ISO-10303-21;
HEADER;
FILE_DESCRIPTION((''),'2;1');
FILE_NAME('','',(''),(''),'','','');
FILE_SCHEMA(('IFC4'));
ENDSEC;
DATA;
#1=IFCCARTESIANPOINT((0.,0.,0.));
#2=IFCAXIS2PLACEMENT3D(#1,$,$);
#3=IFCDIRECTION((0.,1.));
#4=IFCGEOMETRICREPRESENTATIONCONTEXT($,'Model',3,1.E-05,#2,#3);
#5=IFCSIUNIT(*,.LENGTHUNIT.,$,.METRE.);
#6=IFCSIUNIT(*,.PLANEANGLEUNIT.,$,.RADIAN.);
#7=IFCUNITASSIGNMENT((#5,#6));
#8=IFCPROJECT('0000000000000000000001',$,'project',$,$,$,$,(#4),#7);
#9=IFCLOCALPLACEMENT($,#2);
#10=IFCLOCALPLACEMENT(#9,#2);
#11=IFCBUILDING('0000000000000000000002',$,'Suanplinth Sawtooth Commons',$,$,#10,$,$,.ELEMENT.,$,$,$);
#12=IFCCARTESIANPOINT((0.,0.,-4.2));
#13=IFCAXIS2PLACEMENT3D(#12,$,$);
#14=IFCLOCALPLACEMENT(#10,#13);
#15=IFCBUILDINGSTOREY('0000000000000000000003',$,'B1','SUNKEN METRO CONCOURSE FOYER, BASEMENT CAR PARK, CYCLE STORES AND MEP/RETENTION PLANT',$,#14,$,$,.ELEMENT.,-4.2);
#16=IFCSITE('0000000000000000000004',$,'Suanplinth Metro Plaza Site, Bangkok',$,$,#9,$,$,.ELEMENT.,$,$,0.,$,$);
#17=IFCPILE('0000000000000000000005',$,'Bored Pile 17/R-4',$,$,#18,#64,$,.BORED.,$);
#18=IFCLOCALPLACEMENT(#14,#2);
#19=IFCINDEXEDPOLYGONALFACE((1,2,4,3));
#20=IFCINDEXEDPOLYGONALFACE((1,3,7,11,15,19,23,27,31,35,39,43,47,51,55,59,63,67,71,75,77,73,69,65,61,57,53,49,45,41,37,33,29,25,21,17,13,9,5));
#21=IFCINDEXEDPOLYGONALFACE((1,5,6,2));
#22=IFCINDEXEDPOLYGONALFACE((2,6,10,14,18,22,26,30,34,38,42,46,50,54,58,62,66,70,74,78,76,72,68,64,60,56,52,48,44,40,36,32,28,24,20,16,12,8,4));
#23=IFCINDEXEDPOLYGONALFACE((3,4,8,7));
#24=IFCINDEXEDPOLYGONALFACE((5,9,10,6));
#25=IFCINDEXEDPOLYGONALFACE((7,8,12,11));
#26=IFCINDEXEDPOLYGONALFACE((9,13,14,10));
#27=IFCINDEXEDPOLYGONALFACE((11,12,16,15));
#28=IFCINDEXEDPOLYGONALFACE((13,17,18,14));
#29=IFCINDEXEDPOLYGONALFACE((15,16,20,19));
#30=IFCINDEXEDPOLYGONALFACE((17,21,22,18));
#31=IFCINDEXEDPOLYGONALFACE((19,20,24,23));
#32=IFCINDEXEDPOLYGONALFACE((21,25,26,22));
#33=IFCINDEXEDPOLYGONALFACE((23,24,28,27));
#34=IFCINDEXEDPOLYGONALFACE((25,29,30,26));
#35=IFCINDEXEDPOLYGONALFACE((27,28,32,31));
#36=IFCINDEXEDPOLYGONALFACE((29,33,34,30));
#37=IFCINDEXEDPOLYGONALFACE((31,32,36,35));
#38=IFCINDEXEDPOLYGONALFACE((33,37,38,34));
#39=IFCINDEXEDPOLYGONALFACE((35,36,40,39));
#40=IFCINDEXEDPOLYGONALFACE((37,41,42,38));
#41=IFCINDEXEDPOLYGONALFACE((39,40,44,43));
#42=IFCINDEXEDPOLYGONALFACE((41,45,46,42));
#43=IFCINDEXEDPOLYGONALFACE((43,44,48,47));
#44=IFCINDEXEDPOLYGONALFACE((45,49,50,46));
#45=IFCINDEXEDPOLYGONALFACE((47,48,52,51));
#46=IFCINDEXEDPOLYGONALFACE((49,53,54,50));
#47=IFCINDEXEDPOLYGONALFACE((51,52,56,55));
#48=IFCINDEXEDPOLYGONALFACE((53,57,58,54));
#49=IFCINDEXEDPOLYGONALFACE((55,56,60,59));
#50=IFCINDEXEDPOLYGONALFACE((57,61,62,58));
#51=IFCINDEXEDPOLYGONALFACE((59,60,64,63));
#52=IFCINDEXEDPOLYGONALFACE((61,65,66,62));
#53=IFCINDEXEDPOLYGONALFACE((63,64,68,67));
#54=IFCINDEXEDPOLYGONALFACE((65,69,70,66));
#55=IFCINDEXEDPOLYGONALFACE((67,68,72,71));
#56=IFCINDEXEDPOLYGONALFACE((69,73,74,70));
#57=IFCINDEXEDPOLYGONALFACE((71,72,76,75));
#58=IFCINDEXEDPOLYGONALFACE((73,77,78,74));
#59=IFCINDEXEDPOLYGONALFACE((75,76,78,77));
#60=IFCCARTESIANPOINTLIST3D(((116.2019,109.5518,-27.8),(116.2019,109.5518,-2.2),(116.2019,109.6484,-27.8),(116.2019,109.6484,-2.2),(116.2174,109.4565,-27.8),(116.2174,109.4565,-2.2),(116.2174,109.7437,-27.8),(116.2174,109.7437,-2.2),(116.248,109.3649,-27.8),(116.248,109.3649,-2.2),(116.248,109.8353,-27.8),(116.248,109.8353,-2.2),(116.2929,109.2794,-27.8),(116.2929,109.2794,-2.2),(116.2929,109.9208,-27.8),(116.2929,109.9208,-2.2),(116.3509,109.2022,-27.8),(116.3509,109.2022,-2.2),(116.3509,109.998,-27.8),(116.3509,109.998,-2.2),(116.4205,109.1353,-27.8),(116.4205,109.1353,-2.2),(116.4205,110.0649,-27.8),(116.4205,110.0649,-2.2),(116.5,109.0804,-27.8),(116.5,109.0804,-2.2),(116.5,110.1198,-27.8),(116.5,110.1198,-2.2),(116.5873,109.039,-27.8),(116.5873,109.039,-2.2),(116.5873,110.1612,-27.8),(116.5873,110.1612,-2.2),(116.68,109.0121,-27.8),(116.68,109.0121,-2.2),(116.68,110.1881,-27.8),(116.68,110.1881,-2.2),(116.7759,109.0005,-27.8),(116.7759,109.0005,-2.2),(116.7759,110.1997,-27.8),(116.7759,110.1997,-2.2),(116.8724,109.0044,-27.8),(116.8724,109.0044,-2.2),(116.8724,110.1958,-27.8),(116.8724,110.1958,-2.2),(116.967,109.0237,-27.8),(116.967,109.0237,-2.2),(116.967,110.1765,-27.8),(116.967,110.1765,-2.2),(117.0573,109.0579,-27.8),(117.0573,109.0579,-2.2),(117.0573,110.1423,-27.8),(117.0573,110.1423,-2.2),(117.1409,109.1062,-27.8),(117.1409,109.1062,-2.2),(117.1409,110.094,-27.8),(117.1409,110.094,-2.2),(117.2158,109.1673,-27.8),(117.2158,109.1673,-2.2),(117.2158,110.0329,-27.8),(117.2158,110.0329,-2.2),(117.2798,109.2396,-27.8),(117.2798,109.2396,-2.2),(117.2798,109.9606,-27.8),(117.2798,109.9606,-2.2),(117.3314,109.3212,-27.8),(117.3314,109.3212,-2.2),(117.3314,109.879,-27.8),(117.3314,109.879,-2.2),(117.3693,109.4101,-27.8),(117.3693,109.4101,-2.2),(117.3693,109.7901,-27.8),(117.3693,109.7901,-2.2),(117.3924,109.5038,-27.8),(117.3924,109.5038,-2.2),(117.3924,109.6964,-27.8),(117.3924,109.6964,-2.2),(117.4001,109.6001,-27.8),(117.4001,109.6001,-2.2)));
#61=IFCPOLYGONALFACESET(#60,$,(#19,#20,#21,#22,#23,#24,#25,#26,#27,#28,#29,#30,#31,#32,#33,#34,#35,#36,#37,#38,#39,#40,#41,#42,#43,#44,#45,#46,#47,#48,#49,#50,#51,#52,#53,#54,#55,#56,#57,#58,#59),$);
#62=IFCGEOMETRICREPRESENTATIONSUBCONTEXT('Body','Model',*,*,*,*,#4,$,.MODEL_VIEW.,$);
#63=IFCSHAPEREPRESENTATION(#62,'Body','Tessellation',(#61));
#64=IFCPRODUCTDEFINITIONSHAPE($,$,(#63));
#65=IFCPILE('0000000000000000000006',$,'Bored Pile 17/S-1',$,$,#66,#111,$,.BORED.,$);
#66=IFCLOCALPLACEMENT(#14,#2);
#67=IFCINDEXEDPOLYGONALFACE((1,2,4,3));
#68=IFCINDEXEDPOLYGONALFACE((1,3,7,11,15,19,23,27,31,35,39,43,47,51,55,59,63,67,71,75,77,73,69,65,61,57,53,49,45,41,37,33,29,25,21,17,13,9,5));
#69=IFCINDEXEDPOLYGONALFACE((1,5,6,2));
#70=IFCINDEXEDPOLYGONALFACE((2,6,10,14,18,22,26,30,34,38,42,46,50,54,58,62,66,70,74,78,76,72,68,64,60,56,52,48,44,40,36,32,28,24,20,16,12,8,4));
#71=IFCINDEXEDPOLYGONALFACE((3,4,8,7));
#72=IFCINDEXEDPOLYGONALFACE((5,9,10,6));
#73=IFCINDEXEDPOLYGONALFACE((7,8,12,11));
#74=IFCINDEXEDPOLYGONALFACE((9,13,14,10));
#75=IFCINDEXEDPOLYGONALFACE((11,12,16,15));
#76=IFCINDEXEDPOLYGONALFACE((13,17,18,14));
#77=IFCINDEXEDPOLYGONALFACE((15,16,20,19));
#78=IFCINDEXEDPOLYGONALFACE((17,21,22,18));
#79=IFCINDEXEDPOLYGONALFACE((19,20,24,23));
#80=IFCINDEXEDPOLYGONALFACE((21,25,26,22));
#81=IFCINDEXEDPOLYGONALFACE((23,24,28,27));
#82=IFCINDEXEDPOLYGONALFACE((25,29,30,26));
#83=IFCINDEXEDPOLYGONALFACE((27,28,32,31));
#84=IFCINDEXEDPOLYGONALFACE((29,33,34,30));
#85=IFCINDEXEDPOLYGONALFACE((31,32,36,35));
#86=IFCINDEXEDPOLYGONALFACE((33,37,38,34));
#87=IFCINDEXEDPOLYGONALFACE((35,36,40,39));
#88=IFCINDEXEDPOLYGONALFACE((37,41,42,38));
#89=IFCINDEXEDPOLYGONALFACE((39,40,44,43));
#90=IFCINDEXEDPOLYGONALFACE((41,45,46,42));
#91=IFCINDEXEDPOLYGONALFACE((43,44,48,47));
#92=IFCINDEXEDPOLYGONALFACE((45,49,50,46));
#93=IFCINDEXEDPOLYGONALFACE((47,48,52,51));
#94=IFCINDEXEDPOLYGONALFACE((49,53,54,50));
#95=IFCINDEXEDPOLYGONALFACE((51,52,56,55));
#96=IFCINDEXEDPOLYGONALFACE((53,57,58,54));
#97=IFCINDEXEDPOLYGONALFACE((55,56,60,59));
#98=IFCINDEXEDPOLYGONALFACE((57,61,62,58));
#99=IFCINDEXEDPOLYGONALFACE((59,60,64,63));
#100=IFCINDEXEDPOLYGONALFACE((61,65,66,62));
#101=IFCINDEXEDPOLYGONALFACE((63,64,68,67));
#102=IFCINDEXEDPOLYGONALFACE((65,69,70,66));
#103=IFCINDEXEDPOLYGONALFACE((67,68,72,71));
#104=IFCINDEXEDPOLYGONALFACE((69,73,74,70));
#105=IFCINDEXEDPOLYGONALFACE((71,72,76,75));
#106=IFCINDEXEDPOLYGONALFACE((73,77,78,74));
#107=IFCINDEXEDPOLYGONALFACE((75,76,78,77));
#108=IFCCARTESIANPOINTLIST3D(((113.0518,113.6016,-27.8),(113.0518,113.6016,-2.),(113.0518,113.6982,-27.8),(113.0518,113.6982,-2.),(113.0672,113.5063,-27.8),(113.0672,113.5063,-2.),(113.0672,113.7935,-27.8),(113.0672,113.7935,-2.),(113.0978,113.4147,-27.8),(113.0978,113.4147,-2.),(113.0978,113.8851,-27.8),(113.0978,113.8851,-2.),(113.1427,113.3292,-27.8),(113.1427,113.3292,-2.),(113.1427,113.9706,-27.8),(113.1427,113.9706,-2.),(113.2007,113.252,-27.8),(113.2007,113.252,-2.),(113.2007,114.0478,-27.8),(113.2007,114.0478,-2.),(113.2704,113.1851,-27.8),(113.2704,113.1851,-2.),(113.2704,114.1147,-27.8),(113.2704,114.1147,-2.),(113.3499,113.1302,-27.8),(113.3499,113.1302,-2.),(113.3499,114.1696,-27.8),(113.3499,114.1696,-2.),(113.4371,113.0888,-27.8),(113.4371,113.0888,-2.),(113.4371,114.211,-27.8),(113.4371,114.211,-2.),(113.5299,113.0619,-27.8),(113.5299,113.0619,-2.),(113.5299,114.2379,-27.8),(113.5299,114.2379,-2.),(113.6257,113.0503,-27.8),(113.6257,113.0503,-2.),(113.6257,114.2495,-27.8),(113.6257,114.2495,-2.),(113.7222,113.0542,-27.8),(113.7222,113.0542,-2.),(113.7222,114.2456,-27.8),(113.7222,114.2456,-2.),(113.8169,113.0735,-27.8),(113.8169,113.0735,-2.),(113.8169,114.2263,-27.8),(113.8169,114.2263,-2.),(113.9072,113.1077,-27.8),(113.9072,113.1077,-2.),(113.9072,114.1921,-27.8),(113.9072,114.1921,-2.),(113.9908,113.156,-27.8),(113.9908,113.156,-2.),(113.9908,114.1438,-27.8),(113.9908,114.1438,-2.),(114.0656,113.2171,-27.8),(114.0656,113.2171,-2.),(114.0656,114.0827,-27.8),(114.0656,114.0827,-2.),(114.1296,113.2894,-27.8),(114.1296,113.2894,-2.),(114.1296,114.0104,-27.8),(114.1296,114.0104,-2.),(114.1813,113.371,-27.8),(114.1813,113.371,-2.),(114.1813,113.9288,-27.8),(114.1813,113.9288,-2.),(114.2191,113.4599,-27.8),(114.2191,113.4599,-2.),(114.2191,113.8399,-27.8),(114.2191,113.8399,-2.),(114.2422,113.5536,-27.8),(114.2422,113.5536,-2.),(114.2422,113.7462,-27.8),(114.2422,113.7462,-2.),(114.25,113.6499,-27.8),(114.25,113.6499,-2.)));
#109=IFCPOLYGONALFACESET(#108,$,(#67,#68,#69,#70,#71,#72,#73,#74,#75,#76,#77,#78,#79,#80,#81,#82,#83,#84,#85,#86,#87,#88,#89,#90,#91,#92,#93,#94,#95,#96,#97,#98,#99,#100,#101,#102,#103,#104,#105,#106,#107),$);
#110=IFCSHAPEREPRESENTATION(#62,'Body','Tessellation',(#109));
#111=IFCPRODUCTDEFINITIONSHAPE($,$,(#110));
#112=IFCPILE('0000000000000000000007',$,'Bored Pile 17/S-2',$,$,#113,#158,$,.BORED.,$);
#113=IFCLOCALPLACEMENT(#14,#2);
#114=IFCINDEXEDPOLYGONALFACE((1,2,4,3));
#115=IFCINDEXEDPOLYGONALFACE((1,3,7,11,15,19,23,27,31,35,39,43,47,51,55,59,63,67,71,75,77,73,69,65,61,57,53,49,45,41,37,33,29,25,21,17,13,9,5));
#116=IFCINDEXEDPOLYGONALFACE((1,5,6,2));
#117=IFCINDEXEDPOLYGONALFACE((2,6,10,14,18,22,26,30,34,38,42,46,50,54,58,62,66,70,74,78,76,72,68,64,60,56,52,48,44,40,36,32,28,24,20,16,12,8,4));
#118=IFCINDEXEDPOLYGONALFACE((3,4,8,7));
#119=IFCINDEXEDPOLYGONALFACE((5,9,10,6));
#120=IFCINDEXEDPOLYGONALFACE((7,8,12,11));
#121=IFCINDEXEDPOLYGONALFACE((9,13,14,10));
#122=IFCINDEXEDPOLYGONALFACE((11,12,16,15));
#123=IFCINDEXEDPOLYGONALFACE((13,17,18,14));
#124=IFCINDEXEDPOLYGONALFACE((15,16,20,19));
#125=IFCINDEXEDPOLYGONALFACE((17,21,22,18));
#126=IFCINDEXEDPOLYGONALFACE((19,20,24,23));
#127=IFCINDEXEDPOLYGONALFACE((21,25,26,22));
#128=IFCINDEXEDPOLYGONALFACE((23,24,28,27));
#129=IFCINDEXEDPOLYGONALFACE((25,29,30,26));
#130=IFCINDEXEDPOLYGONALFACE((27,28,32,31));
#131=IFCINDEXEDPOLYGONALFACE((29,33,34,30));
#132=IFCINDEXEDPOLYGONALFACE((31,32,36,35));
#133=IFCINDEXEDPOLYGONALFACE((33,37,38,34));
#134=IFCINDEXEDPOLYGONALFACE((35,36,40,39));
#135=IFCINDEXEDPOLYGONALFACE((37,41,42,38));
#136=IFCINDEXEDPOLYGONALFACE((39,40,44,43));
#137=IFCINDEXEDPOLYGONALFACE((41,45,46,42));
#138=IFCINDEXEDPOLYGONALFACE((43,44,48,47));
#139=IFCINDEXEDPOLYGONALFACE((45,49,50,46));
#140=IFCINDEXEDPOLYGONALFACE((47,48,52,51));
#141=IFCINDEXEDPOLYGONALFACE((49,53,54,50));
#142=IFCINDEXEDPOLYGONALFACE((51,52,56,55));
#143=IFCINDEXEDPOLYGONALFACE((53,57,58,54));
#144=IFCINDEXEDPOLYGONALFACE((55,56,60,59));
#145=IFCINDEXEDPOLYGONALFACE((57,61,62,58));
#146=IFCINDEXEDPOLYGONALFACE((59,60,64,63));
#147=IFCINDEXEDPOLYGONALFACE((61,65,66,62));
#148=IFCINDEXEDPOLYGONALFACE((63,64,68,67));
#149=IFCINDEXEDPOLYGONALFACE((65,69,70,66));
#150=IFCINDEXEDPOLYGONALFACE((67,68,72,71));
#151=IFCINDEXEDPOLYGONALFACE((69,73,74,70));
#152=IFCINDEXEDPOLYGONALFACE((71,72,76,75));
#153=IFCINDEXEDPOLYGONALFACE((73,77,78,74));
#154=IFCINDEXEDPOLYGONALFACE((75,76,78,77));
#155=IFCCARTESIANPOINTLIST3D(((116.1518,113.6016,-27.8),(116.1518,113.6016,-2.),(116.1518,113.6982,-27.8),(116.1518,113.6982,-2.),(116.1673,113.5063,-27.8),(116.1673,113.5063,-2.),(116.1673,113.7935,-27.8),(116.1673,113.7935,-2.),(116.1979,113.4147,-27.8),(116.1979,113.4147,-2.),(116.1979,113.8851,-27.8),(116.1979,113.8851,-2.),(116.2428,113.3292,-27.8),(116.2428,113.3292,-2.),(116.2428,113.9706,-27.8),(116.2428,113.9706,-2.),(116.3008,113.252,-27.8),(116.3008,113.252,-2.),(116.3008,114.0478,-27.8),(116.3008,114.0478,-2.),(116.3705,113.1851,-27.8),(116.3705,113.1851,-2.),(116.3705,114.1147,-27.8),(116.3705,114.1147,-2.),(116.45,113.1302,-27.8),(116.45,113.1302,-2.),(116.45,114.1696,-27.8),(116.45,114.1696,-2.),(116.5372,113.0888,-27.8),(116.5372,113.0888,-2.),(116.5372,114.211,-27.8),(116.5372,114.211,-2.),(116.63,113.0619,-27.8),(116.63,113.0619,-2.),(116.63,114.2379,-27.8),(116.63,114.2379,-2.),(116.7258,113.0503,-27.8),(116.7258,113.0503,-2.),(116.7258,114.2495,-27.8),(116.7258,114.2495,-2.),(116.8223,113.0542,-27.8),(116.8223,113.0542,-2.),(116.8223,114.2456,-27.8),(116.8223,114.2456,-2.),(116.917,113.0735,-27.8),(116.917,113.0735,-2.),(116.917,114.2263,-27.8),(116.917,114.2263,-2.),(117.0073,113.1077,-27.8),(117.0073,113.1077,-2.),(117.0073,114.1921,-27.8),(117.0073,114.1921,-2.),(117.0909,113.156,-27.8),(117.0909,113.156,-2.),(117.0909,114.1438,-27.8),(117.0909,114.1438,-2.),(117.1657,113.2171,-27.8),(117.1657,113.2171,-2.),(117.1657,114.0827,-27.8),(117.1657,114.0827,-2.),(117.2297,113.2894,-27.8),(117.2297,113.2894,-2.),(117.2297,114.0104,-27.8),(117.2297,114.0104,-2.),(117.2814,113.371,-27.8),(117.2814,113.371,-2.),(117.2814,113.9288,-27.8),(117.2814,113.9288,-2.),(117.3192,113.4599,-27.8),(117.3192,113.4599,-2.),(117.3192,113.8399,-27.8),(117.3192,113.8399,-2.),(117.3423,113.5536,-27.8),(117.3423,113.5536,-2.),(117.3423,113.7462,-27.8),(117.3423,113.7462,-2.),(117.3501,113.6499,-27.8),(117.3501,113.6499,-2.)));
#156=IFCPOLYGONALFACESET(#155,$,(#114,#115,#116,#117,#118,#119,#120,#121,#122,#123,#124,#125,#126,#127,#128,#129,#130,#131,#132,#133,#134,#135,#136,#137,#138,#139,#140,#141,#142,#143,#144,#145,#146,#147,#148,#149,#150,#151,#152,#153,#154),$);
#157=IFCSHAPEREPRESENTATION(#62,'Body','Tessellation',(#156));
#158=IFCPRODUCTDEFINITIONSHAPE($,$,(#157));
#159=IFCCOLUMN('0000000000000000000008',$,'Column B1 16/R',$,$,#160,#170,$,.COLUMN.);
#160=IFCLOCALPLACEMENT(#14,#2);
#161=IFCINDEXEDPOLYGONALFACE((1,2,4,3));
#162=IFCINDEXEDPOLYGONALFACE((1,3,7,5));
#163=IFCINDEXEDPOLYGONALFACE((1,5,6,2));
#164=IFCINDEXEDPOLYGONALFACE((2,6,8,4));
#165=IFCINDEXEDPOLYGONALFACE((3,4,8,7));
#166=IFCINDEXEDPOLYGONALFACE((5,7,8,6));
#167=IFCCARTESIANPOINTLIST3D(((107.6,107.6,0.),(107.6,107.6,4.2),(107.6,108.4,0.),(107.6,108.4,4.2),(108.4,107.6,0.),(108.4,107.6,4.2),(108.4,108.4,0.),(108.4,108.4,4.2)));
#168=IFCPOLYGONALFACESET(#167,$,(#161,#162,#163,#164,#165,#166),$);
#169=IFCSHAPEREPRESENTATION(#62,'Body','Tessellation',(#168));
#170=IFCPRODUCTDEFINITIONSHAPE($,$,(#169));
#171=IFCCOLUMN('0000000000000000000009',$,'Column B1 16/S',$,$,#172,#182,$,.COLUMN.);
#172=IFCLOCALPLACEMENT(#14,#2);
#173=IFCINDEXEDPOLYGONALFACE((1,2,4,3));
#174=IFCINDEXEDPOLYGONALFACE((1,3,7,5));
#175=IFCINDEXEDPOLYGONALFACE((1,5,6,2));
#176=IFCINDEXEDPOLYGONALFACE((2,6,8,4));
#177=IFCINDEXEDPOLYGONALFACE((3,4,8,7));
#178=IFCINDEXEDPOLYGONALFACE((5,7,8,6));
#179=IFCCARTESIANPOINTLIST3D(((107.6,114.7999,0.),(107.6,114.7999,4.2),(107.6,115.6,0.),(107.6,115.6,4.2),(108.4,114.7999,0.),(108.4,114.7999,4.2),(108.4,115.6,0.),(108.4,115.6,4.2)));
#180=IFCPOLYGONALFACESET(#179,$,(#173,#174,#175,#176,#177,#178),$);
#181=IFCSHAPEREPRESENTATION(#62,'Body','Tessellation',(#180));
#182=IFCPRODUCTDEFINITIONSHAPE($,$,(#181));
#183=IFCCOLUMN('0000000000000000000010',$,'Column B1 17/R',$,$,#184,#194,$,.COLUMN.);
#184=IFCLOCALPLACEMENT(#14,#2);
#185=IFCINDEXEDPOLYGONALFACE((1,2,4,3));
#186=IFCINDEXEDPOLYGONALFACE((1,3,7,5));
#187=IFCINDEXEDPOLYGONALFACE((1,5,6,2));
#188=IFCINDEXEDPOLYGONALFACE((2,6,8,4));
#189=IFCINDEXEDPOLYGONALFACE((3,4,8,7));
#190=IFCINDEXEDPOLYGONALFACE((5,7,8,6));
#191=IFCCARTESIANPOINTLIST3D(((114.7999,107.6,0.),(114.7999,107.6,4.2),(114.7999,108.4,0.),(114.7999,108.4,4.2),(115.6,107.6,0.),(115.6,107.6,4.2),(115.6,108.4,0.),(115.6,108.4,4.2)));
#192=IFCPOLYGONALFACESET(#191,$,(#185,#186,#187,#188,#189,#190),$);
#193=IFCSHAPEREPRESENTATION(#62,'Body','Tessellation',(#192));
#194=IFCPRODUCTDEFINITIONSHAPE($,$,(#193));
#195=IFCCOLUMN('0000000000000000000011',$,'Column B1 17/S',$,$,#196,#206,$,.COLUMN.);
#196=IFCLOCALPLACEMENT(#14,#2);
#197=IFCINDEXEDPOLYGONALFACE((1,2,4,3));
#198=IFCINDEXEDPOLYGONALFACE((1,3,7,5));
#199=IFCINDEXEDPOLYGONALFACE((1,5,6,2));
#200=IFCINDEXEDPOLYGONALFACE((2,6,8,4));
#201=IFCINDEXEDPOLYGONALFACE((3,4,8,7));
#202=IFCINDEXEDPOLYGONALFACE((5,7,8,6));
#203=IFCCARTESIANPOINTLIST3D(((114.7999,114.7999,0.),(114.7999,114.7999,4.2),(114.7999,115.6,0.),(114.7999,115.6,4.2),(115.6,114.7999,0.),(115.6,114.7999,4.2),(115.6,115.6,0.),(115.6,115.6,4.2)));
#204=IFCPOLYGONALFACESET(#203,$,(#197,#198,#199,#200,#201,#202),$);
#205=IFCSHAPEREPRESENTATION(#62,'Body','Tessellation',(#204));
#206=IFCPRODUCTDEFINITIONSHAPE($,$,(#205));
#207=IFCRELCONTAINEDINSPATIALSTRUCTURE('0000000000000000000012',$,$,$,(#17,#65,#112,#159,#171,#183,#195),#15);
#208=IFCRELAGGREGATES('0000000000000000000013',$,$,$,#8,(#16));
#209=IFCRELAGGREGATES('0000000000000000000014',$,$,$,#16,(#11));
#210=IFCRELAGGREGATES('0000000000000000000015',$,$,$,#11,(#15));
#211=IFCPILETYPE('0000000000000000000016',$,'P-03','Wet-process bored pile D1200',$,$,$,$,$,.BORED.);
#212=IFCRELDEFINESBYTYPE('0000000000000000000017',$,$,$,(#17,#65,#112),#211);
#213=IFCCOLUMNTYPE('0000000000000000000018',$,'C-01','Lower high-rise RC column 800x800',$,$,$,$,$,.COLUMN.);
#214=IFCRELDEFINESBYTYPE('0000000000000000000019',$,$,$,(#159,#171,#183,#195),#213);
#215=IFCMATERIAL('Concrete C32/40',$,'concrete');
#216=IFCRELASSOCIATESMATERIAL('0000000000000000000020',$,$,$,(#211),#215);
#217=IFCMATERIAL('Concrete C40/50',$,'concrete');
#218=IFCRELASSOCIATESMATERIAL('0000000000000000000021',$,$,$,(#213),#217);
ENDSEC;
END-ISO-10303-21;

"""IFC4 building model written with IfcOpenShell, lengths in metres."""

from ifc_helpers import new_model, si_unit, direction, frame, origin, origin_2d, place, context, subcontext, project, spatial, rectangle, circle, extrude, material, material_profile, profile_set, type_object, element, save


model = new_model("IFC4")

# Units and contexts
model_context = context("Model", 3, precision=1e-05, world=origin(), true_north=direction((0.0, 1.0)))
body_context = subcontext(model_context, "Body", "Model", "MODEL_VIEW")
ifc_project = project(units=[si_unit("LENGTHUNIT", "METRE"), si_unit("PLANEANGLEUNIT", "RADIAN")], contexts=[model_context])

# Site, building, storey
site_placement = place(None, origin())
site = spatial("IfcSite", under=ifc_project, at=site_placement, Name="Suanplinth Metro Plaza Site, Bangkok", CompositionType="ELEMENT", RefElevation=0.0)
building_placement = place(site_placement, origin())
building = spatial("IfcBuilding", under=site, at=building_placement, Name="Suanplinth Sawtooth Commons", CompositionType="ELEMENT")
storey_placement = place(building_placement, frame((0.0, 0.0, -4.2)))
storey = spatial("IfcBuildingStorey", under=building, at=storey_placement, Name="B1", Description="SUNKEN METRO CONCOURSE FOYER, BASEMENT CAR PARK, CYCLE STORES AND MEP/RETENTION PLANT", CompositionType="ELEMENT", Elevation=-4.2)

# Piles
ifc_material_1 = material(Name="Concrete C32/40", Category="concrete")
ifc_material_profile_1 = material_profile(ifc_material_1, circle(Radius=0.6001, at=origin_2d()), Name="PILE D1200")
ifc_profile_set_1 = profile_set([ifc_material_profile_1], Name="Concrete C32/40")
pile_type_1 = type_object("IfcPileType", Name="P-03", Description="Wet-process bored pile D1200", PredefinedType="BORED", material=ifc_profile_set_1)
for number, where, z_axis, x_axis, name in (
    (1, (116.8, 109.6001, -2.2), (0.0, 0.0, -1.0), (1.0, 0.0, 0.0), "Bored Pile 17/R-4"),
):
    element("IfcPile", number, at=place(storey_placement, frame(where, z_axis=z_axis, x_axis=x_axis)), inside=storey, type_object=pile_type_1, Name=name, PredefinedType="BORED", context=body_context, shape_type="SweptSolid", body=[
        extrude(circle(Radius=0.6001, at=origin_2d()), origin(), (0.0, 0.0, 1.0), 25.6001),
    ])
for number, where, z_axis, x_axis, name in (
    (2, (113.6499, 113.6499, -2.0), (0.0, 0.0, -1.0), (1.0, 0.0, 0.0), "Bored Pile 17/S-1"),
    (3, (116.75, 113.6499, -2.0), (0.0, 0.0, -1.0), (1.0, 0.0, 0.0), "Bored Pile 17/S-2"),
):
    element("IfcPile", number, at=place(storey_placement, frame(where, z_axis=z_axis, x_axis=x_axis)), inside=storey, type_object=pile_type_1, Name=name, PredefinedType="BORED", context=body_context, shape_type="SweptSolid", body=[
        extrude(circle(Radius=0.6001, at=origin_2d()), origin(), (0.0, 0.0, 1.0), 25.8),
    ])

# Columns
ifc_material_2 = material(Name="Concrete C40/50", Category="concrete")
ifc_material_profile_2 = material_profile(ifc_material_2, rectangle(XDim=0.8, YDim=0.8, at=origin_2d()), Name="RC-COL 800x800")
ifc_profile_set_2 = profile_set([ifc_material_profile_2], Name="Concrete C40/50")
column_type = type_object("IfcColumnType", Name="C-01", Description="Lower high-rise RC column 800x800", PredefinedType="COLUMN", material=ifc_profile_set_2)
for number, where, z_axis, x_axis, name in (
    (4, (108.0, 108.0, 0.0), (0.0, 0.0, 1.0), (1.0, 0.0, 0.0), "Column B1 16/R"),
    (5, (108.0, 115.2, 0.0), (0.0, 0.0, 1.0), (1.0, 0.0, 0.0), "Column B1 16/S"),
    (6, (115.2, 108.0, 0.0), (0.0, 0.0, 1.0), (1.0, 0.0, 0.0), "Column B1 17/R"),
    (7, (115.2, 115.2, 0.0), (0.0, 0.0, 1.0), (1.0, 0.0, 0.0), "Column B1 17/S"),
):
    element("IfcColumn", number, at=place(storey_placement, frame(where, z_axis=z_axis, x_axis=x_axis)), inside=storey, type_object=column_type, Name=name, PredefinedType="COLUMN", context=body_context, shape_type="SweptSolid", body=[
        extrude(rectangle(XDim=0.8, YDim=0.8, at=origin_2d()), origin(), (0.0, 0.0, 1.0), 4.2),
    ])

save(model, "model.ifc")
